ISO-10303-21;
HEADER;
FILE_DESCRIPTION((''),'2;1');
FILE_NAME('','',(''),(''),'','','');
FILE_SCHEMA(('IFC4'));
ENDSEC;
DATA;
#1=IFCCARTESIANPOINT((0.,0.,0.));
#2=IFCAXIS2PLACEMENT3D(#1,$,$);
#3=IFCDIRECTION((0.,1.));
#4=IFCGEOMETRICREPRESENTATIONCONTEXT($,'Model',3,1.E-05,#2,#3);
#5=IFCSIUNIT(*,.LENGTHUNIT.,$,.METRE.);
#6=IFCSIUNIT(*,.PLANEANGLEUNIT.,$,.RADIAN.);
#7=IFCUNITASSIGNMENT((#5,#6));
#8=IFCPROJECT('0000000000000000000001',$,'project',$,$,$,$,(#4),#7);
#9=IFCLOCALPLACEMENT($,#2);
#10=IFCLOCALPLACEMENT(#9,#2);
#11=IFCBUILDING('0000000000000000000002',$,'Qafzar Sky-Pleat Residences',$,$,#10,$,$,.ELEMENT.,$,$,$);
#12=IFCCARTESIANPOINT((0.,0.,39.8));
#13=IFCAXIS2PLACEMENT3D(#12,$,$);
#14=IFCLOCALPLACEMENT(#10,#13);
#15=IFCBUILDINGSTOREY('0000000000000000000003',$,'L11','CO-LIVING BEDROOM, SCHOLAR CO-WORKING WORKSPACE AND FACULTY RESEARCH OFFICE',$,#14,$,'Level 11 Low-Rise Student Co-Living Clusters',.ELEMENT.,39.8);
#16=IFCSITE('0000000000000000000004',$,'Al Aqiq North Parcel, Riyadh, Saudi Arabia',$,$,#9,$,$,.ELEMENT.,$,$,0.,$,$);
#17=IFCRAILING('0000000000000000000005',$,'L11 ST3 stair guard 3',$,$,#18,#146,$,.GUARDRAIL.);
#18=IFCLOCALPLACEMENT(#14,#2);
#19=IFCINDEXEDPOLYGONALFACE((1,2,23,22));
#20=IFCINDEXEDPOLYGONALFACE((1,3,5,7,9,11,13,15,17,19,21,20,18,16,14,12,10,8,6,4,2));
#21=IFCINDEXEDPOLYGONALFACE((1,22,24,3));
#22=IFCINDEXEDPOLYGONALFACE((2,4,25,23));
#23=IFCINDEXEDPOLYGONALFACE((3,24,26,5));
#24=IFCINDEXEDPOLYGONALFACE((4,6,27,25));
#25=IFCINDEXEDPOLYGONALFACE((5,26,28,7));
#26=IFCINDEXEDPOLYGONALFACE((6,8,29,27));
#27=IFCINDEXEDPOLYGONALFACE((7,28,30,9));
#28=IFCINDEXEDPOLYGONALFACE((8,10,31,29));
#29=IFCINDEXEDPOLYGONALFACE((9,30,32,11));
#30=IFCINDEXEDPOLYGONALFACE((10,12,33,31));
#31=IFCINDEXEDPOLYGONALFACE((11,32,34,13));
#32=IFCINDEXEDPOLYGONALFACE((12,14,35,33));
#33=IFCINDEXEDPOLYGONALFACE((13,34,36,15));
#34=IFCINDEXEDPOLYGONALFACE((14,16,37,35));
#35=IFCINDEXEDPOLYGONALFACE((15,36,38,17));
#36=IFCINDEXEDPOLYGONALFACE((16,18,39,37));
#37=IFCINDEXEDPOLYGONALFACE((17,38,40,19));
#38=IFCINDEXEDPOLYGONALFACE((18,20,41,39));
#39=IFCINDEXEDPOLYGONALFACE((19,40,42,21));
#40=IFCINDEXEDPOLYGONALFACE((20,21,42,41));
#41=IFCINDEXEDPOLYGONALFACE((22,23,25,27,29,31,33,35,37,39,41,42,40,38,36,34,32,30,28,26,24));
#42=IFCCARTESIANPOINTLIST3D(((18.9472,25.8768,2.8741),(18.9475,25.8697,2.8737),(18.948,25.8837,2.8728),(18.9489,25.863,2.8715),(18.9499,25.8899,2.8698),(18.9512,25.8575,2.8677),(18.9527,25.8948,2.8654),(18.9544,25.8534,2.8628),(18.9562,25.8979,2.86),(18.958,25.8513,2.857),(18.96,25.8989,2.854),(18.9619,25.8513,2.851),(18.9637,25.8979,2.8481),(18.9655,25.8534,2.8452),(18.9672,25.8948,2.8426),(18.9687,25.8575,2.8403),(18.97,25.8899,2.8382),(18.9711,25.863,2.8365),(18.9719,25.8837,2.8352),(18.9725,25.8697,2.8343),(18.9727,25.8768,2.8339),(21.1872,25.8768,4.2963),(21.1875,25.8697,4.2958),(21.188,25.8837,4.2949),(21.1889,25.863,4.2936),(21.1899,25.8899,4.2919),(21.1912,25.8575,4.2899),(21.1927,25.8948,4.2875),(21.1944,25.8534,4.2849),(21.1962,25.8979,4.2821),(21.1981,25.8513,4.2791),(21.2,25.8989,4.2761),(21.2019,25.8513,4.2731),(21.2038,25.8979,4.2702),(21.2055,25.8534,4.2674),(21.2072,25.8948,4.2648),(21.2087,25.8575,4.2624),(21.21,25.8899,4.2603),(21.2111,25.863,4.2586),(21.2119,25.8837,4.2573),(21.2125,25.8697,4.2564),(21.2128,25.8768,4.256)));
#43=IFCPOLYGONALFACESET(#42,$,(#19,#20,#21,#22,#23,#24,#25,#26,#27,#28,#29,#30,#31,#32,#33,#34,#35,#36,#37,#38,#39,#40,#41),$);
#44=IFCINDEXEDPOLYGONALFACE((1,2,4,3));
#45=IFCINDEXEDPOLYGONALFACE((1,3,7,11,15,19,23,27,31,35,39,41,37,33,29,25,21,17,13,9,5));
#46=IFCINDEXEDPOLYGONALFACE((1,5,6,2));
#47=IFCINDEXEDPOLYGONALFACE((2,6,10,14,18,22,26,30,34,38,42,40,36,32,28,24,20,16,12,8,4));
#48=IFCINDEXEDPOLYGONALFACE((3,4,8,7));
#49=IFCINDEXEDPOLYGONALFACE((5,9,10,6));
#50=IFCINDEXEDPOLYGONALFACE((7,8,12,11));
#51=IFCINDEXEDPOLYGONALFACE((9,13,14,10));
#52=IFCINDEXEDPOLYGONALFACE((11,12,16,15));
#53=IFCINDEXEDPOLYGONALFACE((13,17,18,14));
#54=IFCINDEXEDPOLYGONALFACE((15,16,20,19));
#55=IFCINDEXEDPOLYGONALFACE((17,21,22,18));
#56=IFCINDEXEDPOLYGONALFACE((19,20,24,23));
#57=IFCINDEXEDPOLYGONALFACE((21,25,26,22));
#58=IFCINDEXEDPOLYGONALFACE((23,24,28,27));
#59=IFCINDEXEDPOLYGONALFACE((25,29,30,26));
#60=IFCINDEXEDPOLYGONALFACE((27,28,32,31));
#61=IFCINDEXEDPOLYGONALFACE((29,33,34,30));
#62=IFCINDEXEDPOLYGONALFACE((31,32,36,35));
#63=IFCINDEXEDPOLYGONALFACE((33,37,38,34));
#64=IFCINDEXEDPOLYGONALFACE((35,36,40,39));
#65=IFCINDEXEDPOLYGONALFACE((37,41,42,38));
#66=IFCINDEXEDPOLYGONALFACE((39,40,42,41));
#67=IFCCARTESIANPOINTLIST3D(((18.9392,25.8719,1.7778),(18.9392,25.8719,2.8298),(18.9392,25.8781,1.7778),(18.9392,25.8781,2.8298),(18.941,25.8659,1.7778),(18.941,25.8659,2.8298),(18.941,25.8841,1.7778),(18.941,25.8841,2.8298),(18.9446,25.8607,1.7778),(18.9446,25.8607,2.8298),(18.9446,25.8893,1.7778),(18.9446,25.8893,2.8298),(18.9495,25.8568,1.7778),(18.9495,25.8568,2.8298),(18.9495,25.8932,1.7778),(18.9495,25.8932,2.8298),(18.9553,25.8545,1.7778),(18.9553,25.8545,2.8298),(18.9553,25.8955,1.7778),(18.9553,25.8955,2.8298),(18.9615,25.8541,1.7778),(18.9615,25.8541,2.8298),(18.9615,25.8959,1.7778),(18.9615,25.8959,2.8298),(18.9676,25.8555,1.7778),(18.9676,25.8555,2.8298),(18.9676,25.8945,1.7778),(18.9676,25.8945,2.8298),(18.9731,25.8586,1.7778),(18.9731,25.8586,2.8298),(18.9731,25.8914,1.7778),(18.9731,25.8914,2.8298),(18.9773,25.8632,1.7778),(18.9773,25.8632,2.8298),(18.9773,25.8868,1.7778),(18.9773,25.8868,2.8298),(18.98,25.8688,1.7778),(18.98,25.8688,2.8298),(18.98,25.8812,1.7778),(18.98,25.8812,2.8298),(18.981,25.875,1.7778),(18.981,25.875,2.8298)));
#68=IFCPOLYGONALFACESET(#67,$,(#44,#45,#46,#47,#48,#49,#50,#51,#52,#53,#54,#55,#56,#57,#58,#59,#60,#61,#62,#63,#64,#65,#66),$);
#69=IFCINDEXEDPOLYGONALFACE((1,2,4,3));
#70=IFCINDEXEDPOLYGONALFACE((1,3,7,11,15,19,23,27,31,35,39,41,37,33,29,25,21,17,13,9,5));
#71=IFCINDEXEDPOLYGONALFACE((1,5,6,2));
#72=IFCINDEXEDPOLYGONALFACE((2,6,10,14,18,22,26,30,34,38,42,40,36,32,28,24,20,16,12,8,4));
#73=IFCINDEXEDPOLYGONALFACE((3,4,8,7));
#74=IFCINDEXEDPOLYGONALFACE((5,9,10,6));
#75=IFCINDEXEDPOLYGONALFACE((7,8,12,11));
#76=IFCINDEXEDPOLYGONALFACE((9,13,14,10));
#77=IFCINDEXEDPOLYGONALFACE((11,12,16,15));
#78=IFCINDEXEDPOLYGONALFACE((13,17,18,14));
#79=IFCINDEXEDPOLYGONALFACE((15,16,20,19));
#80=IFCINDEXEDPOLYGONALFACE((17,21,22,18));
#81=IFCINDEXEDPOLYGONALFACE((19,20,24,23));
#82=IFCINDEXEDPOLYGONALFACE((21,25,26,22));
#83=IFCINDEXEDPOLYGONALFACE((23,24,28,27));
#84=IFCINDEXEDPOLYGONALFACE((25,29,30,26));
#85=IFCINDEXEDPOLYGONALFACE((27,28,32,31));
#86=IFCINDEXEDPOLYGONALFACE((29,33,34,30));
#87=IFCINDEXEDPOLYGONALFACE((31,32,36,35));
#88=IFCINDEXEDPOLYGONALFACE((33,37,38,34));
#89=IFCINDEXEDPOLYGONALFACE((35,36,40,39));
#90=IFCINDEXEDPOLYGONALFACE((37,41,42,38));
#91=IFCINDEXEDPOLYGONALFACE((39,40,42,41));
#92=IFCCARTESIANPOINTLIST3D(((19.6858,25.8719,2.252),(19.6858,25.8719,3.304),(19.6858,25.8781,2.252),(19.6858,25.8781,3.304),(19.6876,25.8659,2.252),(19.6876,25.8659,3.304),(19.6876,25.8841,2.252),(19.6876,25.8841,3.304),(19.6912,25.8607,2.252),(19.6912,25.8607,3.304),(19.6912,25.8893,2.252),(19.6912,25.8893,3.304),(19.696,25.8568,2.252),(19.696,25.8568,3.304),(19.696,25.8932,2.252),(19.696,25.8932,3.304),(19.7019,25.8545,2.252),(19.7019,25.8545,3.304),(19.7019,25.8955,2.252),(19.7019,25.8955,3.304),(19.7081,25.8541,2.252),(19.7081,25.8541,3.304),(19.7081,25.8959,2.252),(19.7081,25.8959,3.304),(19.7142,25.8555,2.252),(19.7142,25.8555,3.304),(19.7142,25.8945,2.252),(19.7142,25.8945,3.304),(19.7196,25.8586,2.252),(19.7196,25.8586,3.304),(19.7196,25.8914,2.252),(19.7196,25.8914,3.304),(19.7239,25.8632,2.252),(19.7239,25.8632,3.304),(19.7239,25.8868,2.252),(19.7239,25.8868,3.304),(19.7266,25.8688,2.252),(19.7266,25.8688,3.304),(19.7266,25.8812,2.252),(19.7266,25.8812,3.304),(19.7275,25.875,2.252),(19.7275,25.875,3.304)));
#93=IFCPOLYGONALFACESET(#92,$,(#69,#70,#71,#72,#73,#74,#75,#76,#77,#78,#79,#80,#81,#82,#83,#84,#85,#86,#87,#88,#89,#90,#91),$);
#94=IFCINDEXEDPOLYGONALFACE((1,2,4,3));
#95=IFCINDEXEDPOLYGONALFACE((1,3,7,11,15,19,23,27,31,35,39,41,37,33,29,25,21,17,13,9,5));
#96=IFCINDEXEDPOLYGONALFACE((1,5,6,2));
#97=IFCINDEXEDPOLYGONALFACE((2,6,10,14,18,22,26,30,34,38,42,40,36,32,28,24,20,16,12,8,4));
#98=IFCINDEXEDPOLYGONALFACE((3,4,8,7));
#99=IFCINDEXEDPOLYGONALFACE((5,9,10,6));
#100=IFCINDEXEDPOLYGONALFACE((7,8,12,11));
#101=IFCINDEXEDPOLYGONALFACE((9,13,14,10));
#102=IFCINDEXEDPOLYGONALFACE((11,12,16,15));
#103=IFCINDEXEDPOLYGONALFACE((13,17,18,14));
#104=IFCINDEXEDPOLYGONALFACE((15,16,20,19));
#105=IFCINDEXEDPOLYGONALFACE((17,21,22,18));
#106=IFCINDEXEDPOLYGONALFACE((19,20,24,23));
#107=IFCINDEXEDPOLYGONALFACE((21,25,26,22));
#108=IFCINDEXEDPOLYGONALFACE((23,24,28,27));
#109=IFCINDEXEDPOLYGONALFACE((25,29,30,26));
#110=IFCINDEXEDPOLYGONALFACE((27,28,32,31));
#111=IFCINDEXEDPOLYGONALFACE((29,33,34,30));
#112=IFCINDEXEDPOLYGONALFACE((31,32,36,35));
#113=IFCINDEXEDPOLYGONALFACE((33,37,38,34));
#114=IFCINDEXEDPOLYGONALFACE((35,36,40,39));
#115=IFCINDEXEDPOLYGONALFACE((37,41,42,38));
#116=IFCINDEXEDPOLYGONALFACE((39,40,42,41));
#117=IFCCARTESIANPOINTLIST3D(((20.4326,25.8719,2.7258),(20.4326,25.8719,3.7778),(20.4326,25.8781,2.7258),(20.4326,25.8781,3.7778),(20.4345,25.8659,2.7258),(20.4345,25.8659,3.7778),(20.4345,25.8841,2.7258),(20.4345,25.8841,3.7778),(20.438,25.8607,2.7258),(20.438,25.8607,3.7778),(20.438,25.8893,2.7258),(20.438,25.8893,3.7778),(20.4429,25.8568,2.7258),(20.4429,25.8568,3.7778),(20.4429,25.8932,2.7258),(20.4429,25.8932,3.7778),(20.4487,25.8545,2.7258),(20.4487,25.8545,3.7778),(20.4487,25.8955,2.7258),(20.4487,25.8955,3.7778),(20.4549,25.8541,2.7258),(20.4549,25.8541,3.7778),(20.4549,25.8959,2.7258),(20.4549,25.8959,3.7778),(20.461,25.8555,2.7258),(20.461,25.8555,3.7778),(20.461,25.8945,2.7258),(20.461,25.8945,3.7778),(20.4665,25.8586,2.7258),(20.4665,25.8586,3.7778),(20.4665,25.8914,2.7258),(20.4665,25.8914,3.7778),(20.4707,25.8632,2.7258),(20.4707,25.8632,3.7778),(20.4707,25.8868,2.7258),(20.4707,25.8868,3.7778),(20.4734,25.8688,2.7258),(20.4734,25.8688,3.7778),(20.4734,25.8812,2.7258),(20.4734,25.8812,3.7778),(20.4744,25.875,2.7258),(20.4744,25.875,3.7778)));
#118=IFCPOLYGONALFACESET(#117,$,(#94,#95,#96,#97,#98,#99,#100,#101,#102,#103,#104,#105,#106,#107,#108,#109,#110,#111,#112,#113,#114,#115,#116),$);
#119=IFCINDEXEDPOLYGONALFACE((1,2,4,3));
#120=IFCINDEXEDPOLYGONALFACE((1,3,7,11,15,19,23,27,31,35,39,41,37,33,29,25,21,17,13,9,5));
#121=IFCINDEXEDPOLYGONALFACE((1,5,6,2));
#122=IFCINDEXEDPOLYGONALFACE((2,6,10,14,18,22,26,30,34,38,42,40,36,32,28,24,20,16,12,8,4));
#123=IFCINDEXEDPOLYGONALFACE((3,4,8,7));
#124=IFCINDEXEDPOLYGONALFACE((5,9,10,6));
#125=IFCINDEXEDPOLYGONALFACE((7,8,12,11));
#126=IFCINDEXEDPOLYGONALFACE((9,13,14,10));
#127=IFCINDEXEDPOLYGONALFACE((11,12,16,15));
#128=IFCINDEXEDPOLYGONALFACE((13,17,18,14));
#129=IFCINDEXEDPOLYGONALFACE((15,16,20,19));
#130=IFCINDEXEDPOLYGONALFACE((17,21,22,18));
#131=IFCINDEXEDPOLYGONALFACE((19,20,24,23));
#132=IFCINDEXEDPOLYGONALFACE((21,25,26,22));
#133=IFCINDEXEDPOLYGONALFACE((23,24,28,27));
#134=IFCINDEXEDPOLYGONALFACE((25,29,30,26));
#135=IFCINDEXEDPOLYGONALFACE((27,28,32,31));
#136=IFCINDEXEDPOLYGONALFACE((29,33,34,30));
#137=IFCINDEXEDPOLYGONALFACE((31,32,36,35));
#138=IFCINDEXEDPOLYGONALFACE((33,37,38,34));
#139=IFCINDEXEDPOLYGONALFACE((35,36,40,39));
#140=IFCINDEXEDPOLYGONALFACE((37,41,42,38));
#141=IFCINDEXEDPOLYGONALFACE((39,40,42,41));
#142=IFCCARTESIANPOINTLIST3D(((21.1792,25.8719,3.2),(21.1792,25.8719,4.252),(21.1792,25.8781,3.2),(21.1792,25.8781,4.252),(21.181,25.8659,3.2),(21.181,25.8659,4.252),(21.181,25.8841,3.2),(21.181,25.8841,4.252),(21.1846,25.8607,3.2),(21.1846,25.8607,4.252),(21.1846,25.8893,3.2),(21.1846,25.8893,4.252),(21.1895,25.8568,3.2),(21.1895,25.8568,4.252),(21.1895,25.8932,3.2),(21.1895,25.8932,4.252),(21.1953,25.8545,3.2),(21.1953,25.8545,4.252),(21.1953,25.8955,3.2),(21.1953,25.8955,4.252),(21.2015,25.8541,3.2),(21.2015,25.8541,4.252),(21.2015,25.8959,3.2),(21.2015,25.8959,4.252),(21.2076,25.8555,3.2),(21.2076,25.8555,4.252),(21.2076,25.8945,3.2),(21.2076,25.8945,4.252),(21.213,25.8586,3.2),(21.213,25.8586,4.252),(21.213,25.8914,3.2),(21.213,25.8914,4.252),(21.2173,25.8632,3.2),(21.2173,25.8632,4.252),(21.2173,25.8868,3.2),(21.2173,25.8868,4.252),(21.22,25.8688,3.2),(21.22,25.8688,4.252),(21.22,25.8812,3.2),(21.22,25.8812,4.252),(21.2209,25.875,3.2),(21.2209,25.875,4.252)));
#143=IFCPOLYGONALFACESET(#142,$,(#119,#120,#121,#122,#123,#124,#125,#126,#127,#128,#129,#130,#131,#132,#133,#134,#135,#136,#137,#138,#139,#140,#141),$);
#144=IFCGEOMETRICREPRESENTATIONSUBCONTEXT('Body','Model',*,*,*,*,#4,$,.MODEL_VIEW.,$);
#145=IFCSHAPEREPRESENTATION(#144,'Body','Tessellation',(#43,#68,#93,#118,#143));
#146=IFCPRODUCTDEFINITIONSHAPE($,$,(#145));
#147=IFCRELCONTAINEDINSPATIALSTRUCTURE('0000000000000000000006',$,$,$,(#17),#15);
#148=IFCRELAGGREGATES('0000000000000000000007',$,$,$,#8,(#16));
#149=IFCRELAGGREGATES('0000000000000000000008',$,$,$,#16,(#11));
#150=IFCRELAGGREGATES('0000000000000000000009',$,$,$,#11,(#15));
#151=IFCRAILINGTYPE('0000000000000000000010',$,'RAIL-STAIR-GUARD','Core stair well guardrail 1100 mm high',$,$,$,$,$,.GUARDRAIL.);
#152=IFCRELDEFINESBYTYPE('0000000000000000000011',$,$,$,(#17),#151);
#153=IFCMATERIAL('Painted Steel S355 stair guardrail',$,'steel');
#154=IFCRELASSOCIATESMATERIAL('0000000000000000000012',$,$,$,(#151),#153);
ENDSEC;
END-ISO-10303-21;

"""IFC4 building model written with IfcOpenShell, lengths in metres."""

from ifc_helpers import new_model, si_unit, direction, frame, origin, origin_2d, place, context, subcontext, project, spatial, circle, extrude, source, transform, mapped, material, type_object, element, save


model = new_model("IFC4")

# Units and contexts
model_context = context("Model", 3, precision=1e-05, world=origin(), true_north=direction((0.0, 1.0)))
body_context = subcontext(model_context, "Body", "Model", "MODEL_VIEW")
ifc_project = project(units=[si_unit("LENGTHUNIT", "METRE"), si_unit("PLANEANGLEUNIT", "RADIAN")], contexts=[model_context])

# Site, building, storey
site_placement = place(None, origin())
site = spatial("IfcSite", under=ifc_project, at=site_placement, Name="Al Aqiq North Parcel, Riyadh, Saudi Arabia", CompositionType="ELEMENT", RefElevation=0.0)
building_placement = place(site_placement, origin())
building = spatial("IfcBuilding", under=site, at=building_placement, Name="Qafzar Sky-Pleat Residences", CompositionType="ELEMENT")
storey_placement = place(building_placement, frame((0.0, 0.0, 39.8)))
storey = spatial("IfcBuildingStorey", under=building, at=storey_placement, Name="L11", Description="CO-LIVING BEDROOM, SCHOLAR CO-WORKING WORKSPACE AND FACULTY RESEARCH OFFICE", LongName="Level 11 Low-Rise Student Co-Living Clusters", CompositionType="ELEMENT", Elevation=39.8)

# Railing
ifc_material_1 = material(Name="Painted Steel S355 stair guardrail", Category="steel")
railing_type = type_object("IfcRailingType", Name="RAIL-STAIR-GUARD", Description="Core stair well guardrail 1100 mm high", PredefinedType="GUARDRAIL", material=ifc_material_1)
shared_shape_1 = source(origin(), body_context, "Body", "SweptSolid", [
    extrude(circle(Radius=0.0239, at=origin_2d()), frame((0.0, 0.0, 1.0762), z_axis=(0.844229, 0.0, 0.535982), x_axis=(0.0, 1.0, 0.0)), (0.0, 0.0, 1.0), 2.6533),
    extrude(circle(Radius=0.021, at=origin_2d()), origin(), (0.0, 0.0, 1.0), 1.052),
    extrude(circle(Radius=0.021, at=origin_2d()), frame((0.7466, 0.0, 0.4741)), (0.0, 0.0, 1.0), 1.052),
    extrude(circle(Radius=0.021, at=origin_2d()), frame((1.4934, 0.0, 0.948)), (0.0, 0.0, 1.0), 1.052),
    extrude(circle(Radius=0.021, at=origin_2d()), frame((2.24, 0.0, 1.4221)), (0.0, 0.0, 1.0), 1.052),
])
railing_1_placement = place(storey_placement, frame((18.96, 25.875, 1.7778)))
element("IfcRailing", 1, at=railing_1_placement, inside=storey, type_object=railing_type, Name="L11 ST3 stair guard 3", PredefinedType="GUARDRAIL", context=body_context, shape_type="MappedRepresentation", body=[
    mapped(shared_shape_1, transform((0.0, 0.0, 0.0), x_axis=(1.0, 0.0, 0.0), y_axis=(0.0, 1.0, 0.0), z_axis=(0.0, 0.0, 1.0), scale=1.0)),
])

save(model, "model.ifc")
